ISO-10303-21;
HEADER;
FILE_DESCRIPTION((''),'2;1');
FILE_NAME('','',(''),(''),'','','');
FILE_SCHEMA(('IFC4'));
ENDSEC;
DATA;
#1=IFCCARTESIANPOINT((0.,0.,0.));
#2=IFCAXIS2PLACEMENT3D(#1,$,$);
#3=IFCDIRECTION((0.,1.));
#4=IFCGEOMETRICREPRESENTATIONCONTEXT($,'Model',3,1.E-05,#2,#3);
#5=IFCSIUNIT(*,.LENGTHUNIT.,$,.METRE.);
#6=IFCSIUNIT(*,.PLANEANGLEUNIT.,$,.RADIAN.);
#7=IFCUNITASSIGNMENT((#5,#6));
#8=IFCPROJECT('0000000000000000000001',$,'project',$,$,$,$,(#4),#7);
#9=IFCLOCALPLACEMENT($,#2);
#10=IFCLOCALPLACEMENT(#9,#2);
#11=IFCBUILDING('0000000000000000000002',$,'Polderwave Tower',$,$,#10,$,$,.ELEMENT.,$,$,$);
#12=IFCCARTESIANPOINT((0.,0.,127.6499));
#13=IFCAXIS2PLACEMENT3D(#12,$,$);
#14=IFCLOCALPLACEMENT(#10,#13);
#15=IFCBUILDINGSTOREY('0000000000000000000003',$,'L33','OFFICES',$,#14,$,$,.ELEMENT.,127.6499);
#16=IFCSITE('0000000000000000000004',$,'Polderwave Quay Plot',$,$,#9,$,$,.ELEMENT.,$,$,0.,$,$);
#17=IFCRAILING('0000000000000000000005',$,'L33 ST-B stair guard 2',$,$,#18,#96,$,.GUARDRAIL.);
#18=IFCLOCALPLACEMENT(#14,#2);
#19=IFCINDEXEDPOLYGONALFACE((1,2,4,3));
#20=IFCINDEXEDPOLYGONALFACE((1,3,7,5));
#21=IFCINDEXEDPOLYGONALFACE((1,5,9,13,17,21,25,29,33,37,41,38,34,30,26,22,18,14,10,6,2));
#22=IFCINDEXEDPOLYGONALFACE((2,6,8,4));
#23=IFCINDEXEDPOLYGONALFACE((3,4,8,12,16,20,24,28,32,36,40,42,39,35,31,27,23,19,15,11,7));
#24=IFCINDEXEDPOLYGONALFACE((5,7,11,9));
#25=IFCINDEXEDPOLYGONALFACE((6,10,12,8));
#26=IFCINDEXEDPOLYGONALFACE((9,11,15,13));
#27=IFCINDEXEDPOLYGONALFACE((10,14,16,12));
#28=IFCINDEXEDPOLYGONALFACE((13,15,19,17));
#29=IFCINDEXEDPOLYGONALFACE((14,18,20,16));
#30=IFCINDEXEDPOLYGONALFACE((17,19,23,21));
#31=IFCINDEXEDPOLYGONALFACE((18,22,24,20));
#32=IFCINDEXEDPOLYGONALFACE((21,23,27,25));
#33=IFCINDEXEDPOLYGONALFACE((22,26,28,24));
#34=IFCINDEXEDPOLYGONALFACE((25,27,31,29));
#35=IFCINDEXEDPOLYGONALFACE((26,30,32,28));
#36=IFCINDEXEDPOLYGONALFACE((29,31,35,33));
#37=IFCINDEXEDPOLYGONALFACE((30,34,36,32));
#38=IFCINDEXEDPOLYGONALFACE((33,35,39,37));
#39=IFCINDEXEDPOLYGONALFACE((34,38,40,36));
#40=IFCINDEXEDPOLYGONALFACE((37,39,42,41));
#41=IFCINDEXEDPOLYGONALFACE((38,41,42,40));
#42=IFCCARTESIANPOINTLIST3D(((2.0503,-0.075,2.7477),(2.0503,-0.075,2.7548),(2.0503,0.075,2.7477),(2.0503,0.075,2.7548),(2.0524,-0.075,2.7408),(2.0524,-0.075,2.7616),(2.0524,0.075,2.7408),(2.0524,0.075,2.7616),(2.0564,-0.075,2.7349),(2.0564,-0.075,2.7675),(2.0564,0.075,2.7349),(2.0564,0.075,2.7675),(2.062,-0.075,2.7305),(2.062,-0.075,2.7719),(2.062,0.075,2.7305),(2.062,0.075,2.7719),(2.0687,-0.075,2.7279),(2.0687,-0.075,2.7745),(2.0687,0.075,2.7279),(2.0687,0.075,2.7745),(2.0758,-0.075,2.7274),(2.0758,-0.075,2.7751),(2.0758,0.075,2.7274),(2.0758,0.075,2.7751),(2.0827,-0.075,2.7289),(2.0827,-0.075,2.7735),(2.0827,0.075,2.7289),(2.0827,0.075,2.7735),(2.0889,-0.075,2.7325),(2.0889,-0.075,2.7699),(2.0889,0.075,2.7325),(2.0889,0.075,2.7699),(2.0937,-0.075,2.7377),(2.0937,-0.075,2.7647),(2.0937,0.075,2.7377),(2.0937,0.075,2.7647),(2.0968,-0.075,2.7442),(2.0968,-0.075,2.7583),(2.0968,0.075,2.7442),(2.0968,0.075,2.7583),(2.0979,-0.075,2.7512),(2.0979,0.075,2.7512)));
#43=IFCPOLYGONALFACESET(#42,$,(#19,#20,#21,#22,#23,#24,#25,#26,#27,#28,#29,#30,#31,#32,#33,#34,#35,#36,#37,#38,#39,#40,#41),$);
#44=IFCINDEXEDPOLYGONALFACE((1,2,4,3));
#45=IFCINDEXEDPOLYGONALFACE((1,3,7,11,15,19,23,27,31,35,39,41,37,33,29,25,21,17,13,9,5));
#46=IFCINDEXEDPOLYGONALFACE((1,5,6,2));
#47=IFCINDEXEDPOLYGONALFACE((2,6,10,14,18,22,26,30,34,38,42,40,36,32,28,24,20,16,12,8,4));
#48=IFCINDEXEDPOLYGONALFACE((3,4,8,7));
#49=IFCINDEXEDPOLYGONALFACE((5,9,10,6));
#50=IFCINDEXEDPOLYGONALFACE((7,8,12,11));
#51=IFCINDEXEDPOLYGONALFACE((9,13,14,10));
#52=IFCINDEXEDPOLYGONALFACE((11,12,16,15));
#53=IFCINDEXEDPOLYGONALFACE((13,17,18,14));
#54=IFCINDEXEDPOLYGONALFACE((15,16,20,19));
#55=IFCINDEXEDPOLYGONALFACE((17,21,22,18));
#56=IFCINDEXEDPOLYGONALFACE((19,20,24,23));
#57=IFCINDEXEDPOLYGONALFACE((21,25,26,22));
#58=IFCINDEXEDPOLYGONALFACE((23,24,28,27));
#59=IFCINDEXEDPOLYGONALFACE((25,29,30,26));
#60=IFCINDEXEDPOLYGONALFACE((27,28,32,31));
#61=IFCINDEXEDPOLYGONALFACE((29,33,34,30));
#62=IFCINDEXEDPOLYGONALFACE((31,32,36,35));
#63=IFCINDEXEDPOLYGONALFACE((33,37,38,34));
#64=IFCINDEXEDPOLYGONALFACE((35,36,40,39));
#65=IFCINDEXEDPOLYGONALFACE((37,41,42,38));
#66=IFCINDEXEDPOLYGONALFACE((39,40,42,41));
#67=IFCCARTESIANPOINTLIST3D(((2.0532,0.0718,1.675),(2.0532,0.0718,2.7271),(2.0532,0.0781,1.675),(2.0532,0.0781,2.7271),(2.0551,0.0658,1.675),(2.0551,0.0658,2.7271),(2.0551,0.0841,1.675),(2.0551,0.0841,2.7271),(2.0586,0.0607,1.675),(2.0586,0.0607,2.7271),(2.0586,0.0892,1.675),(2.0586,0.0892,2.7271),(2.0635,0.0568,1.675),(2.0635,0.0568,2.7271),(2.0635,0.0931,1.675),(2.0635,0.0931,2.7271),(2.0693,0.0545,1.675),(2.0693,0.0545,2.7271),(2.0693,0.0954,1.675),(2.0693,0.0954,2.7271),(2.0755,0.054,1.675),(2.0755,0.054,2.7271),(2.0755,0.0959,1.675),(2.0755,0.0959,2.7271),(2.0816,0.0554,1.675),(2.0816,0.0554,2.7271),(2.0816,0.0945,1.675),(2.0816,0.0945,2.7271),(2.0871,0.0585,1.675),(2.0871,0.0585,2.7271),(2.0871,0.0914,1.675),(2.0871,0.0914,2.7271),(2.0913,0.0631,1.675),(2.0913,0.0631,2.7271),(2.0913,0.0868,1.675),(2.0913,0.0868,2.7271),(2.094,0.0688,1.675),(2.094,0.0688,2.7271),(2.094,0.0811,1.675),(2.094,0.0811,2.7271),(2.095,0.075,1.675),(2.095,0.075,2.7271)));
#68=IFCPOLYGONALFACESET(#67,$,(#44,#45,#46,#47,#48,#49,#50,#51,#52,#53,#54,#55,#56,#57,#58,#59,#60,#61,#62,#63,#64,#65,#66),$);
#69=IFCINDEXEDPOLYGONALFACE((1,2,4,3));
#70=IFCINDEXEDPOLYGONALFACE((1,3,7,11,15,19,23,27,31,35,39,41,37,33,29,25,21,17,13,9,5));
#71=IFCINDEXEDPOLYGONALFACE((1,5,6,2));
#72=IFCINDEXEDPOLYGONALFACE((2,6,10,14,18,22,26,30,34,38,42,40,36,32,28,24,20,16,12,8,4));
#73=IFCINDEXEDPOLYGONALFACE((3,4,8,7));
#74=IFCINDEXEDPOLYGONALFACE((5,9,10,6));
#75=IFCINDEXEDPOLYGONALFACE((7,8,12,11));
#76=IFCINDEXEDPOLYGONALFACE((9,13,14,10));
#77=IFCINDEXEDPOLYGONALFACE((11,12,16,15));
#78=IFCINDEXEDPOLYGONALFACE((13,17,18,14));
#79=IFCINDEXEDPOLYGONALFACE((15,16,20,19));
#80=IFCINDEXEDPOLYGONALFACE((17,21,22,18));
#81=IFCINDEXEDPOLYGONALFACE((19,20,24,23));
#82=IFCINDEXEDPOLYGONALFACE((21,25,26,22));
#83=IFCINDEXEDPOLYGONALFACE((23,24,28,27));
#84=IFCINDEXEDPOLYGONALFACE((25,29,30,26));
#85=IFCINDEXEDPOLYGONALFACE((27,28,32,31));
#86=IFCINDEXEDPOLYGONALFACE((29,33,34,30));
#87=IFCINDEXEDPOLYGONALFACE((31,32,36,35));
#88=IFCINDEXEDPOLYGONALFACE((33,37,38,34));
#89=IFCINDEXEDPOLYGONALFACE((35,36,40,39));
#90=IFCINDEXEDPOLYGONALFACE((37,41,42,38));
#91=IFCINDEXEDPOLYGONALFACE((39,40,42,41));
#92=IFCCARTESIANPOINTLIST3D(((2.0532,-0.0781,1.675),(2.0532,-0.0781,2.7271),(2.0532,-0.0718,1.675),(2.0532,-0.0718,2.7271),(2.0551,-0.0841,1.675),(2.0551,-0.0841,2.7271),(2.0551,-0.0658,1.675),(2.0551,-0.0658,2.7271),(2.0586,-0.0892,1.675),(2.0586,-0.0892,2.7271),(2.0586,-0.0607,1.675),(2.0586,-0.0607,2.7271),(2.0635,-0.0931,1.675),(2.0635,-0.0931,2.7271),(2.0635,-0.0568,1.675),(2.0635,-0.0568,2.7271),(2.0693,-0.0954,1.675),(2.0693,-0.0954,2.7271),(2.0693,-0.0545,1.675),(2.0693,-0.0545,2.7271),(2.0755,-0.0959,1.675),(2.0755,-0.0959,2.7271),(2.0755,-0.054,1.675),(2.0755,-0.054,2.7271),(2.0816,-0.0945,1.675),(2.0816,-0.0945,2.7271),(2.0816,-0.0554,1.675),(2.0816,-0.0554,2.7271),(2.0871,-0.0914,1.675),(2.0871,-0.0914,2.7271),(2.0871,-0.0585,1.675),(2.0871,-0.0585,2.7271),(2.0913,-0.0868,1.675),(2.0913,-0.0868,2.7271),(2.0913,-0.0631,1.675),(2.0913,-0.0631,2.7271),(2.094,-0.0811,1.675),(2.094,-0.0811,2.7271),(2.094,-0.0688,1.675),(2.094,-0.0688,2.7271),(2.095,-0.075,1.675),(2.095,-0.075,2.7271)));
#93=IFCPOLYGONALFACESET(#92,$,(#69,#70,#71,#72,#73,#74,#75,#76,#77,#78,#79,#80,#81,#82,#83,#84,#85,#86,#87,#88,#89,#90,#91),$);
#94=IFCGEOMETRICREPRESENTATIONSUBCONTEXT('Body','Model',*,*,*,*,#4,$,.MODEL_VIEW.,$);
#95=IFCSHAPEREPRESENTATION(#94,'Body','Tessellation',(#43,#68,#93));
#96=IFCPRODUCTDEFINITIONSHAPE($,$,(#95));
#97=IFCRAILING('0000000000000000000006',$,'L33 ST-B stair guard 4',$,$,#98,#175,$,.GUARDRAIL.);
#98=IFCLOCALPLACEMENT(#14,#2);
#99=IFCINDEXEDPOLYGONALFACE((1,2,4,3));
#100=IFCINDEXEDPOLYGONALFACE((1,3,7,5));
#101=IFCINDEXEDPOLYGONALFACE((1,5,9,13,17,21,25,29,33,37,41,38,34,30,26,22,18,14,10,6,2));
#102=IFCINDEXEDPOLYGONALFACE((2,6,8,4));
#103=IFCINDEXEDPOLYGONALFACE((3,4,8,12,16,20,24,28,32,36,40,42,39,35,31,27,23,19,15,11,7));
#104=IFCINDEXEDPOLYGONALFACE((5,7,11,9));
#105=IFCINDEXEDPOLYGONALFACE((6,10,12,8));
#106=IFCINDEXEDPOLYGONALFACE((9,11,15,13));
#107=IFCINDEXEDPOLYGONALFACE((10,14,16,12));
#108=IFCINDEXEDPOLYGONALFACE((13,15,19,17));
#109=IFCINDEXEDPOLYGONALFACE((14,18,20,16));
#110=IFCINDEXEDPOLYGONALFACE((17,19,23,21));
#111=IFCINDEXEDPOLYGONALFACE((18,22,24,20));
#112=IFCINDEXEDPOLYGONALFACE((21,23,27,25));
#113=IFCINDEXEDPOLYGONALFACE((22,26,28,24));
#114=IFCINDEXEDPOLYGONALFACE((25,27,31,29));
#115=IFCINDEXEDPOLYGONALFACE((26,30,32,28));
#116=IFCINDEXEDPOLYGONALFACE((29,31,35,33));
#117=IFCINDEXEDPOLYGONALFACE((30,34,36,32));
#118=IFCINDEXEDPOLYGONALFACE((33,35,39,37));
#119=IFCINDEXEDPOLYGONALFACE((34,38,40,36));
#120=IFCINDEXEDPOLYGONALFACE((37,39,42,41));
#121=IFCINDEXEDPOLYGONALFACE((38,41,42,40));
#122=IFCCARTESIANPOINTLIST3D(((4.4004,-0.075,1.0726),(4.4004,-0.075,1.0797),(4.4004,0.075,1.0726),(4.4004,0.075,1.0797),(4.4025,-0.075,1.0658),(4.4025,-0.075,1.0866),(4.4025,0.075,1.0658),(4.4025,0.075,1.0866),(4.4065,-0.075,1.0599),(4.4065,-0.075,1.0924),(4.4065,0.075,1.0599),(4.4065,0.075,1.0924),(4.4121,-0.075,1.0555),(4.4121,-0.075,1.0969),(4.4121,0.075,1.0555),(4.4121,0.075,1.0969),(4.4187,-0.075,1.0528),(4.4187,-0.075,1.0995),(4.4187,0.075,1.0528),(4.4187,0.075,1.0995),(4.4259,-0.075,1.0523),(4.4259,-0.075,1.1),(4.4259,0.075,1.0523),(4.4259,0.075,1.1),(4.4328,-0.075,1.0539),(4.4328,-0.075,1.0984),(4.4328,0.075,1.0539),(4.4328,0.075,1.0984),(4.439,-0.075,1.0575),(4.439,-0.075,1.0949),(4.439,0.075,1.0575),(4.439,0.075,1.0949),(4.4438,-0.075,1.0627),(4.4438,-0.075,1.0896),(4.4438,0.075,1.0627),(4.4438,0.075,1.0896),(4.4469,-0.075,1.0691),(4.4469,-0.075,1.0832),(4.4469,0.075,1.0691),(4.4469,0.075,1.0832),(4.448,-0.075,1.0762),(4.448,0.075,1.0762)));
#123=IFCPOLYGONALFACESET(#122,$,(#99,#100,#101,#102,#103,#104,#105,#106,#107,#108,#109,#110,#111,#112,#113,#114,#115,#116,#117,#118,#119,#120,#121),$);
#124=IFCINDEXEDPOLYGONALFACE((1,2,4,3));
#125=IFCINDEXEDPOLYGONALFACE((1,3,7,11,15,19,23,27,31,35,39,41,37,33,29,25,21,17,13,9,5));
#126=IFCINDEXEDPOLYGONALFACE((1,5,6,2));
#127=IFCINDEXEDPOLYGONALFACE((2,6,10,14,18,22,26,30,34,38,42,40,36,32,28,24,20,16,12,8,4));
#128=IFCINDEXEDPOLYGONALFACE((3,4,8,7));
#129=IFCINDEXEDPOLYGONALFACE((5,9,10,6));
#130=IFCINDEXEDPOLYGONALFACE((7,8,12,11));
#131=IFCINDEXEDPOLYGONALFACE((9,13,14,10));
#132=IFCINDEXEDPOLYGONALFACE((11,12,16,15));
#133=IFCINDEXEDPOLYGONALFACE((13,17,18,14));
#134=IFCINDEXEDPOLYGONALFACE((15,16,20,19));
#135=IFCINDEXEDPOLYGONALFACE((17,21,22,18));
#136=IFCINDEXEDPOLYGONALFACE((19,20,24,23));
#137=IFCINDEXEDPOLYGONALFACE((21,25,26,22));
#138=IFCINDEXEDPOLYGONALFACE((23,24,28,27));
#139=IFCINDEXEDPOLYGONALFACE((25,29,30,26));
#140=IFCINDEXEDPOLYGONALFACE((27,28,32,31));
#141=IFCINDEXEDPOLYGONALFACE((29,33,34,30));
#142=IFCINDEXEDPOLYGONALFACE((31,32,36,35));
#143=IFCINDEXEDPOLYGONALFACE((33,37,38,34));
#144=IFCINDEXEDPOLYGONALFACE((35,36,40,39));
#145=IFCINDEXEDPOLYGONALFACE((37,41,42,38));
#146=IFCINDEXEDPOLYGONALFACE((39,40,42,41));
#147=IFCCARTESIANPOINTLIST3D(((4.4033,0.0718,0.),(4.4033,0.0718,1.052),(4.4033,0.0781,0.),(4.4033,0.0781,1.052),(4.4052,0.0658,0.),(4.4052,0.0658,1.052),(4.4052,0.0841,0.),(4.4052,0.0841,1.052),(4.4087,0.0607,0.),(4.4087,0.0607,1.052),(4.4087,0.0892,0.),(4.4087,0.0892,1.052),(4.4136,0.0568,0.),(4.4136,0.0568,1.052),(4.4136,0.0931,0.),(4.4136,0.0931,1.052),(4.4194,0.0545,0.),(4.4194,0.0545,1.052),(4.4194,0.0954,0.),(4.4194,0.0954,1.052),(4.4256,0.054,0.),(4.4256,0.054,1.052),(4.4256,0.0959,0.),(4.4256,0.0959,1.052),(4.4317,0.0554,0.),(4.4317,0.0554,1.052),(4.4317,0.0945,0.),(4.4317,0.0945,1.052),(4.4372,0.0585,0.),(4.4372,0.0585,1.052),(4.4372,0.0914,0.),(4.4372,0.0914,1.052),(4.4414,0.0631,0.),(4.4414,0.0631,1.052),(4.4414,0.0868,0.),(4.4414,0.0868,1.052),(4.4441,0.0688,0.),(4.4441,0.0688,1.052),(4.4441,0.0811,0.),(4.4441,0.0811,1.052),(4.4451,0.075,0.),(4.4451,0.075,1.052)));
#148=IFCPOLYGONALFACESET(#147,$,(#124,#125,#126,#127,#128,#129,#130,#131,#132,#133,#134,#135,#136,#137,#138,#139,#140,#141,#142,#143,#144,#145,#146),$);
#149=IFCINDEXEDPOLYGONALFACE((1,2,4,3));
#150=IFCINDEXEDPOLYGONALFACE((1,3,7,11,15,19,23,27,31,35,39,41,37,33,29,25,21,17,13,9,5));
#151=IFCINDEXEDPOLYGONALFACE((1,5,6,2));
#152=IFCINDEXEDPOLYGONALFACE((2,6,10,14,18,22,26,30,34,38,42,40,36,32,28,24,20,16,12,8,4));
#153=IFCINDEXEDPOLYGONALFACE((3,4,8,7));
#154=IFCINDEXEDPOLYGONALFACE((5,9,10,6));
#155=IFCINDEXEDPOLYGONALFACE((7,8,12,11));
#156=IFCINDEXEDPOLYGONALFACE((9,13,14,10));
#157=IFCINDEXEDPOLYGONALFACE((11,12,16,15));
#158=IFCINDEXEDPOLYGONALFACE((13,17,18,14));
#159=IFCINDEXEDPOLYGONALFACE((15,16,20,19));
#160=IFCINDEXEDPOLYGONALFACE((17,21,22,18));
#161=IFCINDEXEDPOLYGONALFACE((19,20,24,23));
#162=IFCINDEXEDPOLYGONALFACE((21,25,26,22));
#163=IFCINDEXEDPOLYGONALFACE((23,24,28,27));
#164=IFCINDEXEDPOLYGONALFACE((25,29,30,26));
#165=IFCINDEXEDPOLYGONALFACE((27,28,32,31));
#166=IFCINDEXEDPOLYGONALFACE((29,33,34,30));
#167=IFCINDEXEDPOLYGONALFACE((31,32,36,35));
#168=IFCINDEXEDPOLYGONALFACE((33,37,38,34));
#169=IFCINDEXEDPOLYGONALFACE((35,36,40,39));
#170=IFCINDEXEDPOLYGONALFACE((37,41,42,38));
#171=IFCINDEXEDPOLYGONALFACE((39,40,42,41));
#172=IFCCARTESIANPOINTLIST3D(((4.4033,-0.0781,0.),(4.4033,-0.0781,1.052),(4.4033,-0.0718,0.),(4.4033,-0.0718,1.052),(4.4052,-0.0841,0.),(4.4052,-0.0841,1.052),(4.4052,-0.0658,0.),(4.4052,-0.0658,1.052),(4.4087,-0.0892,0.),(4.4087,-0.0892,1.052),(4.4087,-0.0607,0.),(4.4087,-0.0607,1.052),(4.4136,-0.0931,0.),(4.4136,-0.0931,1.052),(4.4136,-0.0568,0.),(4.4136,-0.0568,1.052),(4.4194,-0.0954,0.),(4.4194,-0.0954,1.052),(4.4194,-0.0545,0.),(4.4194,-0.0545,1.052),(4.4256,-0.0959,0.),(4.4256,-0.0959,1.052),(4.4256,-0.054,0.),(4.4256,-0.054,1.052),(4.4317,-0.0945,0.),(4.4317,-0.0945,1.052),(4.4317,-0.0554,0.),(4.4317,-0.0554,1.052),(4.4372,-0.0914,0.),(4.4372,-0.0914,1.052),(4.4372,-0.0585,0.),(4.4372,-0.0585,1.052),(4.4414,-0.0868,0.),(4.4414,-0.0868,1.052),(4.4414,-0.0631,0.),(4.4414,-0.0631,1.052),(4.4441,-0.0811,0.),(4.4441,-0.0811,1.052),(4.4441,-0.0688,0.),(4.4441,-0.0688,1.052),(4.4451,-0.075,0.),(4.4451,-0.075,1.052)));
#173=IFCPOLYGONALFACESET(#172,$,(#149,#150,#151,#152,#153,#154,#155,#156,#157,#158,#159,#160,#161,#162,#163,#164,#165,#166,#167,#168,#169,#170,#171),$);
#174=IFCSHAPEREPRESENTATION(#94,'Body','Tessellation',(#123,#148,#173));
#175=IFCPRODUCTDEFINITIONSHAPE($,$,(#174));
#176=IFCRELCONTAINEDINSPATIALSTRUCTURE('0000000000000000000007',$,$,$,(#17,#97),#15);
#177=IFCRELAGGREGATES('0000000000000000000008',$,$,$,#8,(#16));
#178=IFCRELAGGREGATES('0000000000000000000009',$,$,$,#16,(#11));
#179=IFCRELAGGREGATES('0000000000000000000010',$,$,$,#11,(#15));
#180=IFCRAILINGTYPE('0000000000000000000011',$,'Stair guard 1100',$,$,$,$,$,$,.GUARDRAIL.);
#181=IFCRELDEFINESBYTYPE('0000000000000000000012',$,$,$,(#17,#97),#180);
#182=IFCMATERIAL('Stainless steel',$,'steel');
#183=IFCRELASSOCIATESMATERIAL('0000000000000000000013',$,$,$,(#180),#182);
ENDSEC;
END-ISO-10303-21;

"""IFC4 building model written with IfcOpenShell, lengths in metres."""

from ifc_helpers import new_model, si_unit, direction, frame, origin, origin_2d, place, context, subcontext, project, spatial, circle, extrude, material, type_object, element, save


model = new_model("IFC4")

# Units and contexts
model_context = context("Model", 3, precision=1e-05, world=origin(), true_north=direction((0.0, 1.0)))
body_context = subcontext(model_context, "Body", "Model", "MODEL_VIEW")
ifc_project = project(units=[si_unit("LENGTHUNIT", "METRE"), si_unit("PLANEANGLEUNIT", "RADIAN")], contexts=[model_context])

# Site, building, storey
site_placement = place(None, origin())
site = spatial("IfcSite", under=ifc_project, at=site_placement, Name="Polderwave Quay Plot", CompositionType="ELEMENT", RefElevation=0.0)
building_placement = place(site_placement, origin())
building = spatial("IfcBuilding", under=site, at=building_placement, Name="Polderwave Tower", CompositionType="ELEMENT")
storey_placement = place(building_placement, frame((0.0, 0.0, 127.6499)))
storey = spatial("IfcBuildingStorey", under=building, at=storey_placement, Name="L33", Description="OFFICES", CompositionType="ELEMENT", Elevation=127.6499)

# Shared definitions
ifc_material_1 = material(Name="Stainless steel", Category="steel")

# Railings
railing_type_1 = type_object("IfcRailingType", Name="Stair guard 1100", PredefinedType="GUARDRAIL", material=ifc_material_1)
for number, where, name in (
    (1, (2.074, 0.075, 1.675), "L33 ST-B stair guard 2"),
    (2, (4.4241, 0.075, 0.0), "L33 ST-B stair guard 4"),
):
    element("IfcRailing", number, at=place(storey_placement, frame(where)), inside=storey, type_object=railing_type_1, Name=name, PredefinedType="GUARDRAIL", context=body_context, shape_type="SweptSolid", body=[
        extrude(circle(Radius=0.0239, at=origin_2d()), frame((0.0, 0.0, 1.0762), z_axis=(0.0, -1.0, 0.0), x_axis=(1.0, 0.0, 0.0)), (0.0, 0.0, 1.0), 0.1499),
        extrude(circle(Radius=0.021, at=origin_2d()), origin(), (0.0, 0.0, 1.0), 1.052),
        extrude(circle(Radius=0.021, at=origin_2d()), frame((0.0, -0.1499, 0.0)), (0.0, 0.0, 1.0), 1.052),
    ])

save(model, "model.ifc")
